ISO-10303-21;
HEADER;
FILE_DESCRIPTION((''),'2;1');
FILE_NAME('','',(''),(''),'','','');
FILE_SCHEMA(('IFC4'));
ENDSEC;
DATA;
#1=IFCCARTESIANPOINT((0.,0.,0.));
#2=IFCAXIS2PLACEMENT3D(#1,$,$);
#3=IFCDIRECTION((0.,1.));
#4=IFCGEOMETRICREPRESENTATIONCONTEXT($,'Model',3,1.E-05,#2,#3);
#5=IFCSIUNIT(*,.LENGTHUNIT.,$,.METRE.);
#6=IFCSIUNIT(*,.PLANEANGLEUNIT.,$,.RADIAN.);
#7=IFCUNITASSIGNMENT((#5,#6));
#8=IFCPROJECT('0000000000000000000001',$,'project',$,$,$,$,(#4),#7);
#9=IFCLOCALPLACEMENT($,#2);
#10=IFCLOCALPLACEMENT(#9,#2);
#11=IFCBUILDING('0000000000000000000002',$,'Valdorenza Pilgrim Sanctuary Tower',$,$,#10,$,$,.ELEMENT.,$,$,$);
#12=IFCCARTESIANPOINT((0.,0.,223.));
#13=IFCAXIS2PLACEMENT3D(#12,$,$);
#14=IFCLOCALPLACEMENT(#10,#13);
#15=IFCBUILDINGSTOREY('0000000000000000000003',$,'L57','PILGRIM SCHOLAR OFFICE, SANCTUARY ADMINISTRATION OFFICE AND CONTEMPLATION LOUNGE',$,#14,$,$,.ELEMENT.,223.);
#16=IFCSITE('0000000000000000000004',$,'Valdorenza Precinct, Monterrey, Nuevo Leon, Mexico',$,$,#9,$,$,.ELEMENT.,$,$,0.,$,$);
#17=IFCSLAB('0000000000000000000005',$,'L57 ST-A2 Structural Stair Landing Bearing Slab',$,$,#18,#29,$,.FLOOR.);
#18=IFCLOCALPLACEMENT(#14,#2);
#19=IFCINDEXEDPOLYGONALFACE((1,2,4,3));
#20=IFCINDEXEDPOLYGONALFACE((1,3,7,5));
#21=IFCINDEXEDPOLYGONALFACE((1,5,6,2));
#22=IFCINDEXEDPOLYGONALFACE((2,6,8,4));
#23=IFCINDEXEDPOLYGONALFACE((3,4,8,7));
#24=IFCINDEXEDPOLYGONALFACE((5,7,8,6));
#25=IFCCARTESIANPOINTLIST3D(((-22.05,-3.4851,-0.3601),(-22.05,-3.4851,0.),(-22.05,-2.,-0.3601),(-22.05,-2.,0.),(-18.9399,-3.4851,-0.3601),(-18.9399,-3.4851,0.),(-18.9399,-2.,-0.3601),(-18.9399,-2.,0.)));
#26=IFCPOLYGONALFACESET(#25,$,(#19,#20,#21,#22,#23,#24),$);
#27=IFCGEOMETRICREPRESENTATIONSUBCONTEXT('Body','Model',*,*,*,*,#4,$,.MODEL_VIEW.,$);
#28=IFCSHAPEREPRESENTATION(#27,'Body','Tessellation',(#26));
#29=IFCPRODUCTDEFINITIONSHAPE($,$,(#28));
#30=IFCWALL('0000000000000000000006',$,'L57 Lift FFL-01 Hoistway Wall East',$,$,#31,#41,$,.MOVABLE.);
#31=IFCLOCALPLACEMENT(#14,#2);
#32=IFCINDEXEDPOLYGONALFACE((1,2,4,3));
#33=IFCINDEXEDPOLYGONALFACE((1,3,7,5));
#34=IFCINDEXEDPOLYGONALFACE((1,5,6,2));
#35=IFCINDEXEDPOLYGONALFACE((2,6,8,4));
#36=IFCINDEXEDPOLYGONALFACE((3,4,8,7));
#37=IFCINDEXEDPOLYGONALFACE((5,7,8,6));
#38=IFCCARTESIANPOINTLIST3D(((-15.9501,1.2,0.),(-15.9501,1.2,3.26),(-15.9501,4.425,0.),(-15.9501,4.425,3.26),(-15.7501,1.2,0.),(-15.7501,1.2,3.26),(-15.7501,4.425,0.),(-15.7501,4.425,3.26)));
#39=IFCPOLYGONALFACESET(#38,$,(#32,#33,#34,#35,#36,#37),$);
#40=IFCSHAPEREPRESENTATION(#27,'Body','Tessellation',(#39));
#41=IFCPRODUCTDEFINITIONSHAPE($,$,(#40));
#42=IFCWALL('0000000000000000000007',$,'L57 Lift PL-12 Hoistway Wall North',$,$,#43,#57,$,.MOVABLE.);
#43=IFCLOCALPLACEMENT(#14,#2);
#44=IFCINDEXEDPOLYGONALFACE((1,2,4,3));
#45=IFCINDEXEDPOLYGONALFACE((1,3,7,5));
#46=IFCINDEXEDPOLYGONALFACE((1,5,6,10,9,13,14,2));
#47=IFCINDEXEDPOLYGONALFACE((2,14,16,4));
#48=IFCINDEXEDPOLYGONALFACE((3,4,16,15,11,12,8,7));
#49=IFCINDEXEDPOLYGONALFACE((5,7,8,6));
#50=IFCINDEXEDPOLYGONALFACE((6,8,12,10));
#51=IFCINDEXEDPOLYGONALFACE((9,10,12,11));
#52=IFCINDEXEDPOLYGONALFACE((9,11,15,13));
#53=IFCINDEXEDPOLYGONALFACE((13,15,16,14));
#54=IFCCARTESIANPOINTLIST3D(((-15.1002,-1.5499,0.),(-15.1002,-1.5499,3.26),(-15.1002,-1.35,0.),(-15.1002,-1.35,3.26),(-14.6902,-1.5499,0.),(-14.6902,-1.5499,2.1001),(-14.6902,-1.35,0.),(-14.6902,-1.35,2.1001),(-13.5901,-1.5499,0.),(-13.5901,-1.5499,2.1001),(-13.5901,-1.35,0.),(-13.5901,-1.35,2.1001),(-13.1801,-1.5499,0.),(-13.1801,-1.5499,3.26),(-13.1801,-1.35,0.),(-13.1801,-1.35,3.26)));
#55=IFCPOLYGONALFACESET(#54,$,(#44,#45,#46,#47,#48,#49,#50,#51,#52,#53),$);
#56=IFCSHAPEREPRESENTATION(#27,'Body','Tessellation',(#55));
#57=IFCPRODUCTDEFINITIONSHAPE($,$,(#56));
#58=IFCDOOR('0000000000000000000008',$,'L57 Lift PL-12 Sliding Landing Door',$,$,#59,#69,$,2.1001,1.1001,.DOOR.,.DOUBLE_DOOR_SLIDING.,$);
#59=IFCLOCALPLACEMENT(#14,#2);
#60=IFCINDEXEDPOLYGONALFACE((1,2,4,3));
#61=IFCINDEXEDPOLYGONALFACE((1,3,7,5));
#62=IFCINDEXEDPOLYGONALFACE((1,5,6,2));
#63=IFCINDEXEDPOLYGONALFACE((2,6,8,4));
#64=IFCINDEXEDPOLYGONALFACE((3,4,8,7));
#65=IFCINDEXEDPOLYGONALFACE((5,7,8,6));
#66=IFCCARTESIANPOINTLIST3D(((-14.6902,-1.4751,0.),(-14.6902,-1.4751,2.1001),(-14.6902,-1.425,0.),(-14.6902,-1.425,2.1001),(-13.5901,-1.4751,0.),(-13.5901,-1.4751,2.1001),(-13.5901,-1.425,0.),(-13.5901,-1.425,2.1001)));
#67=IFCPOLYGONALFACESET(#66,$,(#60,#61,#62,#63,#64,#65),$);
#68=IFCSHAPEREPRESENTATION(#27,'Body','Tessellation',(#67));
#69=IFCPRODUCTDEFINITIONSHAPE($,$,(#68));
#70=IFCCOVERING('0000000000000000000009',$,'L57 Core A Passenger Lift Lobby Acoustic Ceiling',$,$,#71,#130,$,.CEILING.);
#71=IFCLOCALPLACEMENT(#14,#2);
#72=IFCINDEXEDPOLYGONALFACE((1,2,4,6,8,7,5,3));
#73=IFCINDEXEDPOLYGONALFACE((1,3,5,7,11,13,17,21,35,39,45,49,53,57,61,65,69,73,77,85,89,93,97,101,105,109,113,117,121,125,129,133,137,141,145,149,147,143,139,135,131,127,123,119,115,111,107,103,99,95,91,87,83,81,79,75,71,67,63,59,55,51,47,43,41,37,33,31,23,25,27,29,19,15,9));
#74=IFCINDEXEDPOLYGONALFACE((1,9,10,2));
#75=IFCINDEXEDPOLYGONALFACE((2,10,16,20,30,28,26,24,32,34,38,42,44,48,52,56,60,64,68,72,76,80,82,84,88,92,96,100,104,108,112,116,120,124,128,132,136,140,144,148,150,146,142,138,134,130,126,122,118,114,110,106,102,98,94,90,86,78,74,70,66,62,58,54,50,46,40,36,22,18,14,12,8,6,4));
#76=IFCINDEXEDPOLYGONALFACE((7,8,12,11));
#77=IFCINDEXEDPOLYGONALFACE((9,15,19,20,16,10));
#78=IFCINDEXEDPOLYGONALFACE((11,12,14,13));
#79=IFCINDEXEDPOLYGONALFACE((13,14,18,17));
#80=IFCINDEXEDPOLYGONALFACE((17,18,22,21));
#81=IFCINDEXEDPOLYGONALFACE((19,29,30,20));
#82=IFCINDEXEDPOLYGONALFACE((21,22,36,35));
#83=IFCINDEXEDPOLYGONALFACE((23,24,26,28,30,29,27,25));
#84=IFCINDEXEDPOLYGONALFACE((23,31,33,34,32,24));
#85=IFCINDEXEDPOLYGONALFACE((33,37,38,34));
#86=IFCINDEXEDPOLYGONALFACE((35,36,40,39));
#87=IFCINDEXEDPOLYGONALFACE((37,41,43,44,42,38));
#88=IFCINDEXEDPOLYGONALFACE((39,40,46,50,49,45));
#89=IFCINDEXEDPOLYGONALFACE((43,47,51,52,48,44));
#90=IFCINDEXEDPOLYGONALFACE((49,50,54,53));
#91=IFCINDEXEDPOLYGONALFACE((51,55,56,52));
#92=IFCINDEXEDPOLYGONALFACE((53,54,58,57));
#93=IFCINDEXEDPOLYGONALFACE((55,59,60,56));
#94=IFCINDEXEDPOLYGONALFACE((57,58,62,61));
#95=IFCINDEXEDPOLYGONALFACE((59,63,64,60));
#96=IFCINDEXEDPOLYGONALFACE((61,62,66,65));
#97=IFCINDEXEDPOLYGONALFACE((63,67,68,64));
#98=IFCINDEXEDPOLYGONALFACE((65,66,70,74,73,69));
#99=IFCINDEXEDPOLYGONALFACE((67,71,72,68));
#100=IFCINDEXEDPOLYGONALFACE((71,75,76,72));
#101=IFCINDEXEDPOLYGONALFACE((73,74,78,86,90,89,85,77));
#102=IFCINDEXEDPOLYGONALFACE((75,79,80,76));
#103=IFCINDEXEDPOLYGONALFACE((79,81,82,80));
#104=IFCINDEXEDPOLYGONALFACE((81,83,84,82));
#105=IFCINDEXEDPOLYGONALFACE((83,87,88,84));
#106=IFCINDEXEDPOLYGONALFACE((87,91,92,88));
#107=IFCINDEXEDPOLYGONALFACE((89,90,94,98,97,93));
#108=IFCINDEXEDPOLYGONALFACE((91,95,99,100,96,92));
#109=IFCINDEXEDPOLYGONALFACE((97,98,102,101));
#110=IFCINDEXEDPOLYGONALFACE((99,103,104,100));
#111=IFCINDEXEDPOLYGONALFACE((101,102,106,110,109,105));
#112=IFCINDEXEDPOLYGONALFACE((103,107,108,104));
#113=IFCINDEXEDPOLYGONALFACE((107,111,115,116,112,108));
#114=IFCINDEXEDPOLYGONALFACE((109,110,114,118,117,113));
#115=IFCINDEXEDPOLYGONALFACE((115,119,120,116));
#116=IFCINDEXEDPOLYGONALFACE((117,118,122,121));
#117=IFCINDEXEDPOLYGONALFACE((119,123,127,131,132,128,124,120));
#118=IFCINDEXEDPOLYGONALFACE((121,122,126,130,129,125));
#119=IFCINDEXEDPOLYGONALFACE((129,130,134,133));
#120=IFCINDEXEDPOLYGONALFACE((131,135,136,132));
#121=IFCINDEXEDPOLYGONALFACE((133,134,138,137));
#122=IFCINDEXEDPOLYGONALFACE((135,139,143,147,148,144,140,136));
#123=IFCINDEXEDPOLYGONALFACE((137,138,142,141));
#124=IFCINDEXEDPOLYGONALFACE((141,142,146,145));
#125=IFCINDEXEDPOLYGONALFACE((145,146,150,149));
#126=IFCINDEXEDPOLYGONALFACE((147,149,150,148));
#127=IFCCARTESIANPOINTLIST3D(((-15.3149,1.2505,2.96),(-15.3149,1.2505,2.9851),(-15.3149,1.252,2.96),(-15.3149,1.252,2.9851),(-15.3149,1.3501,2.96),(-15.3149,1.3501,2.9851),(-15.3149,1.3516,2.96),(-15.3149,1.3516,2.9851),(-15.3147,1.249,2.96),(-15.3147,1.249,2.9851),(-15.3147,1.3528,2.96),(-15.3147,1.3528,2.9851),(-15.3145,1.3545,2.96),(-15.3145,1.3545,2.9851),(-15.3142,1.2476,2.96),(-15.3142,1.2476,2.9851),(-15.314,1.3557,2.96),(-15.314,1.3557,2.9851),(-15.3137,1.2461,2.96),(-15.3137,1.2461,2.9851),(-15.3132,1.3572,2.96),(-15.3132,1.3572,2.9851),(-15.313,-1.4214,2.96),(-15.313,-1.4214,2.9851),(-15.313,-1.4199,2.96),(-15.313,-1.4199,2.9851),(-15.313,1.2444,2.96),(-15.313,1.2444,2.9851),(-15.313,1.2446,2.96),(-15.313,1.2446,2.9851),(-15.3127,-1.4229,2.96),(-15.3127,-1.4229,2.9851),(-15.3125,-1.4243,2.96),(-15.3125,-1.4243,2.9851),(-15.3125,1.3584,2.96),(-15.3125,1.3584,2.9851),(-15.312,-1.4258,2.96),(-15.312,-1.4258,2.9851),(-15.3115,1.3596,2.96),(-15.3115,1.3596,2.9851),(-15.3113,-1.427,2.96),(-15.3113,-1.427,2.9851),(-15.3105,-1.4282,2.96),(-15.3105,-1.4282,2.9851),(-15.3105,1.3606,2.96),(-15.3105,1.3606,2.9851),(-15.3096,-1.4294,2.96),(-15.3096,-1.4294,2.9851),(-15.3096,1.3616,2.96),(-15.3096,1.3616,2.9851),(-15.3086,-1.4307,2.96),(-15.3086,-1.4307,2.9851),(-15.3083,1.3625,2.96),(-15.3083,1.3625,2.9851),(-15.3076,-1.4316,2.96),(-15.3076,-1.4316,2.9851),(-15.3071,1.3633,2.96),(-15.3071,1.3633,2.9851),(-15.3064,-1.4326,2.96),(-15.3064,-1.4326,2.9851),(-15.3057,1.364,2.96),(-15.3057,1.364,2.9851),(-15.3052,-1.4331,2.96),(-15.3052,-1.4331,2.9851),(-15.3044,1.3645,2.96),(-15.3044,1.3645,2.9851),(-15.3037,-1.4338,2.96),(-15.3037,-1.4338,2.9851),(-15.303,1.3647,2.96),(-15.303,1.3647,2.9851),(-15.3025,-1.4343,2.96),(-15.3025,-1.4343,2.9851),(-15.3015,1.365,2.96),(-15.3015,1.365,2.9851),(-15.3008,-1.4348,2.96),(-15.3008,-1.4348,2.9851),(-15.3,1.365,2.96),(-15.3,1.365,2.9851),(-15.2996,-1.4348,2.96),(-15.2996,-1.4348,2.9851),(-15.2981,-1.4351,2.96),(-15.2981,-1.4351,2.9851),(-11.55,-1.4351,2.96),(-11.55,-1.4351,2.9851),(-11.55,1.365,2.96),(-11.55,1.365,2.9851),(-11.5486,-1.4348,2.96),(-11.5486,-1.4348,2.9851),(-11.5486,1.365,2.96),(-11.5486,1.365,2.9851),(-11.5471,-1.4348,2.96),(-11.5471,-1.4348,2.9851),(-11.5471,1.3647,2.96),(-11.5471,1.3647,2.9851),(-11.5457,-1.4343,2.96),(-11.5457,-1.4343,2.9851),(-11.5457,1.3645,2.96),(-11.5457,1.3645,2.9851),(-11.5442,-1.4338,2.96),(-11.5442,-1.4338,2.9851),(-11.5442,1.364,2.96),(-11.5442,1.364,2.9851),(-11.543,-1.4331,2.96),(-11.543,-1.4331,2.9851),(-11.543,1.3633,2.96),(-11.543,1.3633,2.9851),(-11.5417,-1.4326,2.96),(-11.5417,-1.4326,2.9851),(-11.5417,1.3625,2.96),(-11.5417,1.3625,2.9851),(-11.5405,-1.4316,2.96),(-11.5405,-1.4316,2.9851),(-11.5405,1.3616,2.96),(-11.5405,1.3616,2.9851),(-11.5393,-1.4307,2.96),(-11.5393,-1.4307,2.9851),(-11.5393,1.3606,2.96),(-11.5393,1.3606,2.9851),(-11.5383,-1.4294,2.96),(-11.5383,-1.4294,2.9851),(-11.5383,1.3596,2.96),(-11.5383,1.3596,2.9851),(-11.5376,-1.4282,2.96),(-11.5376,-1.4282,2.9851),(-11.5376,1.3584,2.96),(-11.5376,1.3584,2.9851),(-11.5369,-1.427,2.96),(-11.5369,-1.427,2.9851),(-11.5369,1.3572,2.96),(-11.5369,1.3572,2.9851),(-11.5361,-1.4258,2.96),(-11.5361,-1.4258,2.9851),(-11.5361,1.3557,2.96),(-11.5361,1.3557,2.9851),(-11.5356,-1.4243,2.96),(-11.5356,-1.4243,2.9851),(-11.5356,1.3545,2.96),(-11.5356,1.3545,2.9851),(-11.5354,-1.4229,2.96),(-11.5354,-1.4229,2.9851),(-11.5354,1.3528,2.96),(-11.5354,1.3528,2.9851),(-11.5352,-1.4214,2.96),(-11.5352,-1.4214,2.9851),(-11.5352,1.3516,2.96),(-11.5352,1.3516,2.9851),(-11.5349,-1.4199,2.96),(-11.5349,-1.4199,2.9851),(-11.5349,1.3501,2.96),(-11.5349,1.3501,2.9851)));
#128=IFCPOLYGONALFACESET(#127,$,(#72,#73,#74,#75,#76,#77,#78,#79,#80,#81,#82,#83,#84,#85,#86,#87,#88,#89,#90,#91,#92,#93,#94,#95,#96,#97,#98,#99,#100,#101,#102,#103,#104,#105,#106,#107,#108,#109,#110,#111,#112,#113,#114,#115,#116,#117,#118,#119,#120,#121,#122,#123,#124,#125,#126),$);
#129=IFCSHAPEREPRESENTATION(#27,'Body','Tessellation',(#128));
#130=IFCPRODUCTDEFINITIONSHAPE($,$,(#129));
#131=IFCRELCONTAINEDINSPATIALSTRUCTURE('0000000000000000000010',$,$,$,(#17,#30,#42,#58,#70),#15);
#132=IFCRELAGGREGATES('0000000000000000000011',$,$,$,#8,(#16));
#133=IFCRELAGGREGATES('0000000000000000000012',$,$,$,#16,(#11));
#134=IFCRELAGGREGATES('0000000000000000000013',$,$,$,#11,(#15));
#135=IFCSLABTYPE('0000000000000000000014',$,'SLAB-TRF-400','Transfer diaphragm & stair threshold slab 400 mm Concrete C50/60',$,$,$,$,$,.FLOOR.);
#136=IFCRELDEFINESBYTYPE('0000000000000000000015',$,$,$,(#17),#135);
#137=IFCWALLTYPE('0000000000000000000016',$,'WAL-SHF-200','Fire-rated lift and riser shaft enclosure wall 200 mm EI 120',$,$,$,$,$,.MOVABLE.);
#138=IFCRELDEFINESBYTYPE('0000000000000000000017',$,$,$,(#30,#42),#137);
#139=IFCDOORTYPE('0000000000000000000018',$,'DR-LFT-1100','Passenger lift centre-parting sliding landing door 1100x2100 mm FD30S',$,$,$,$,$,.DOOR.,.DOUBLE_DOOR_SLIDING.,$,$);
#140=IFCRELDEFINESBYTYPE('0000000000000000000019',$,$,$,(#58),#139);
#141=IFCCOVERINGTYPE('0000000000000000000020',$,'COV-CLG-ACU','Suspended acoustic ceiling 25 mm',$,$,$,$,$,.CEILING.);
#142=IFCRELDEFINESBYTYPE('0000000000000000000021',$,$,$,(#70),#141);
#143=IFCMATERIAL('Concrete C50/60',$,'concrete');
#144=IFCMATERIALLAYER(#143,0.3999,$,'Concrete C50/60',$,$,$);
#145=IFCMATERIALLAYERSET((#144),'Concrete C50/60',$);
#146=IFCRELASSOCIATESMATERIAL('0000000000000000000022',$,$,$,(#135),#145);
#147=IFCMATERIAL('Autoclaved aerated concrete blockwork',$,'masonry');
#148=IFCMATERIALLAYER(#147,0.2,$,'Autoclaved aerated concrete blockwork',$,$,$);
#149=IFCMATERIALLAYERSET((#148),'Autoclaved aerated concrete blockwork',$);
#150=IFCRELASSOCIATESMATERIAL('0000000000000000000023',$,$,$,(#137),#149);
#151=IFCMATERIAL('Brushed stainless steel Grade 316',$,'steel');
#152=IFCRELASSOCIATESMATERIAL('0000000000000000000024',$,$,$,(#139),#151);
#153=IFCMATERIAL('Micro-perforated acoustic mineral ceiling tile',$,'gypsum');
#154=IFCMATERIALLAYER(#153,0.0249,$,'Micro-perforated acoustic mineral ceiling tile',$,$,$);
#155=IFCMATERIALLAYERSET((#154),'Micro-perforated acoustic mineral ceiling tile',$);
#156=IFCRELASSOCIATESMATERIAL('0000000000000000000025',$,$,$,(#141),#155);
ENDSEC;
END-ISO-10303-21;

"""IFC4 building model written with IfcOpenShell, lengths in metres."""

from ifc_helpers import new_model, si_unit, direction, frame, frame_2d, origin, place, context, subcontext, project, spatial, polyline, rectangle, outline, extrude, material, layer, layer_set, type_object, element, fill, save


model = new_model("IFC4")

# Units and contexts
model_context = context("Model", 3, precision=1e-05, world=origin(), true_north=direction((0.0, 1.0)))
body_context = subcontext(model_context, "Body", "Model", "MODEL_VIEW")
ifc_project = project(units=[si_unit("LENGTHUNIT", "METRE"), si_unit("PLANEANGLEUNIT", "RADIAN")], contexts=[model_context])

# Site, building, storey
site_placement = place(None, origin())
site = spatial("IfcSite", under=ifc_project, at=site_placement, Name="Valdorenza Precinct, Monterrey, Nuevo Leon, Mexico", CompositionType="ELEMENT", RefElevation=0.0)
building_placement = place(site_placement, origin())
building = spatial("IfcBuilding", under=site, at=building_placement, Name="Valdorenza Pilgrim Sanctuary Tower", CompositionType="ELEMENT")
storey_placement = place(building_placement, frame((0.0, 0.0, 223.0)))
storey = spatial("IfcBuildingStorey", under=building, at=storey_placement, Name="L57", Description="PILGRIM SCHOLAR OFFICE, SANCTUARY ADMINISTRATION OFFICE AND CONTEMPLATION LOUNGE", CompositionType="ELEMENT", Elevation=223.0)

# Slab
ifc_material_1 = material(Name="Concrete C50/60", Category="concrete")
ifc_layer_1 = layer(ifc_material_1, 0.3999, Name="Concrete C50/60")
ifc_layer_set_1 = layer_set([ifc_layer_1], Name="Concrete C50/60")
slab_type_1 = type_object("IfcSlabType", Name="SLAB-TRF-400", Description="Transfer diaphragm & stair threshold slab 400 mm Concrete C50/60", PredefinedType="FLOOR", material=ifc_layer_set_1)
slab_1_placement = place(storey_placement, frame((0.0, 0.0, -0.3601)))
element("IfcSlab", 1, at=slab_1_placement, inside=storey, type_object=slab_type_1, Name="L57 ST-A2 Structural Stair Landing Bearing Slab", PredefinedType="FLOOR", context=body_context, shape_type="SweptSolid", body=[
    extrude(outline(polyline([(-22.05, -3.4851), (-18.9399, -3.4851), (-18.9399, -2.0), (-22.05, -2.0), (-22.05, -3.4851)])), origin(), (0.0, 0.0, 1.0), 0.3601),
])

# Wall
ifc_material_2 = material(Name="Autoclaved aerated concrete blockwork", Category="masonry")
ifc_layer_2 = layer(ifc_material_2, 0.2, Name="Autoclaved aerated concrete blockwork")
ifc_layer_set_2 = layer_set([ifc_layer_2], Name="Autoclaved aerated concrete blockwork")
wall_type_1 = type_object("IfcWallType", Name="WAL-SHF-200", Description="Fire-rated lift and riser shaft enclosure wall 200 mm EI 120", PredefinedType="MOVABLE", material=ifc_layer_set_2)
wall_1_placement = place(storey_placement, frame((-15.8501, 1.2, 0.0), z_axis=(0.0, 0.0, 1.0), x_axis=(0.0, 1.0, 0.0)))
element("IfcWall", 2, at=wall_1_placement, inside=storey, type_object=wall_type_1, Name="L57 Lift FFL-01 Hoistway Wall East", PredefinedType="MOVABLE", context=body_context, shape_type="SweptSolid", body=[
    extrude(rectangle(XDim=3.2251, YDim=0.2, at=frame_2d((1.6125, 0.0))), origin(), (0.0, 0.0, 1.0), 3.26),
])

# Wall, opening, door
wall_2_placement = place(storey_placement, frame((-15.1001, -1.45, 0.0), z_axis=(0.0, 0.0, 1.0), x_axis=(1.0, 0.0, 0.0)))
wall_2 = element("IfcWall", 3, at=wall_2_placement, inside=storey, type_object=wall_type_1, Name="L57 Lift PL-12 Hoistway Wall North", PredefinedType="MOVABLE", context=body_context, shape_type="SweptSolid", body=[
    extrude(rectangle(XDim=1.9202, YDim=0.2, at=frame_2d((0.96, 0.0))), origin(), (0.0, 0.0, 1.0), 3.26),
])
opening_1_placement = place(wall_2_placement, frame((0.4099, 0.0, 0.0)))
opening_1 = element("IfcOpeningElement", 4, at=opening_1_placement, cuts=wall_2, PredefinedType="OPENING", context=body_context, shape_type="SweptSolid", body=[
    extrude(rectangle(XDim=1.1001, YDim=2.1001, at=frame_2d((0.55, 1.05))), frame((0.0, 0.1147, 0.0), z_axis=(0.0, -1.0, 0.0), x_axis=(1.0, 0.0, 0.0)), (0.0, 0.0, 1.0), 0.2297),
])
ifc_material_3 = material(Name="Brushed stainless steel Grade 316", Category="steel")
door_type_1 = type_object("IfcDoorType", Name="DR-LFT-1100", Description="Passenger lift centre-parting sliding landing door 1100x2100 mm FD30S", OperationType="DOUBLE_DOOR_SLIDING", PredefinedType="DOOR", material=ifc_material_3)
door_1_placement = place(opening_1_placement, origin())
door_1 = element("IfcDoor", 5, at=door_1_placement, inside=storey, type_object=door_type_1, Name="L57 Lift PL-12 Sliding Landing Door", OperationType="DOUBLE_DOOR_SLIDING", OverallHeight=2.1001, OverallWidth=1.1001, PredefinedType="DOOR", context=body_context, shape_type="SweptSolid", body=[
    extrude(rectangle(XDim=1.1001, YDim=2.1001, at=frame_2d((0.55, 1.05))), frame((0.0, 0.0249, 0.0), z_axis=(0.0, -1.0, 0.0), x_axis=(1.0, 0.0, 0.0)), (0.0, 0.0, 1.0), 0.05),
])
fill(opening_1, door_1)

# Covering
ifc_material_4 = material(Name="Micro-perforated acoustic mineral ceiling tile", Category="gypsum")
ifc_layer_3 = layer(ifc_material_4, 0.0249, Name="Micro-perforated acoustic mineral ceiling tile")
ifc_layer_set_3 = layer_set([ifc_layer_3], Name="Micro-perforated acoustic mineral ceiling tile")
covering_type_1 = type_object("IfcCoveringType", Name="COV-CLG-ACU", Description="Suspended acoustic ceiling 25 mm", PredefinedType="CEILING", material=ifc_layer_set_3)
covering_1_placement = place(storey_placement, frame((0.0, 0.0, 2.96)))
element("IfcCovering", 6, at=covering_1_placement, inside=storey, type_object=covering_type_1, Name="L57 Core A Passenger Lift Lobby Acoustic Ceiling", PredefinedType="CEILING", context=body_context, shape_type="SweptSolid", body=[
    extrude(outline(polyline([(-15.3149, 1.3501), (-15.3149, 1.3516), (-15.3147, 1.3528), (-15.3145, 1.3545), (-15.314, 1.3557), (-15.3132, 1.3572), (-15.3125, 1.3584), (-15.3115, 1.3596), (-15.3105, 1.3606), (-15.3096, 1.3616), (-15.3083, 1.3625), (-15.3071, 1.3633), (-15.3057, 1.364), (-15.3044, 1.3645), (-15.303, 1.3647), (-15.3015, 1.365), (-15.3, 1.365), (-11.55, 1.365), (-11.5486, 1.365), (-11.5471, 1.3647), (-11.5457, 1.3645), (-11.5442, 1.364), (-11.543, 1.3633), (-11.5417, 1.3625), (-11.5405, 1.3616), (-11.5393, 1.3606), (-11.5383, 1.3596), (-11.5376, 1.3584), (-11.5369, 1.3572), (-11.5361, 1.3557), (-11.5356, 1.3545), (-11.5354, 1.3528), (-11.5352, 1.3516), (-11.5349, 1.3501), (-11.5349, -1.4199), (-11.5352, -1.4214), (-11.5354, -1.4229), (-11.5356, -1.4243), (-11.5361, -1.4258), (-11.5369, -1.427), (-11.5376, -1.4282), (-11.5383, -1.4294), (-11.5393, -1.4307), (-11.5405, -1.4316), (-11.5417, -1.4326), (-11.543, -1.4331), (-11.5442, -1.4338), (-11.5457, -1.4343), (-11.5471, -1.4348), (-11.5486, -1.4348), (-11.55, -1.4351), (-15.2981, -1.4351), (-15.2996, -1.4348), (-15.3008, -1.4348), (-15.3025, -1.4343), (-15.3037, -1.4338), (-15.3052, -1.4331), (-15.3064, -1.4326), (-15.3076, -1.4316), (-15.3086, -1.4307), (-15.3096, -1.4294), (-15.3105, -1.4282), (-15.3113, -1.427), (-15.312, -1.4258), (-15.3125, -1.4243), (-15.3127, -1.4229), (-15.313, -1.4214), (-15.313, -1.4199), (-15.313, 1.2444), (-15.313, 1.2446), (-15.3137, 1.2461), (-15.3142, 1.2476), (-15.3147, 1.249), (-15.3149, 1.2505), (-15.3149, 1.252), (-15.3149, 1.3501)])), origin(), (0.0, 0.0, 1.0), 0.0251),
])

save(model, "model.ifc")
